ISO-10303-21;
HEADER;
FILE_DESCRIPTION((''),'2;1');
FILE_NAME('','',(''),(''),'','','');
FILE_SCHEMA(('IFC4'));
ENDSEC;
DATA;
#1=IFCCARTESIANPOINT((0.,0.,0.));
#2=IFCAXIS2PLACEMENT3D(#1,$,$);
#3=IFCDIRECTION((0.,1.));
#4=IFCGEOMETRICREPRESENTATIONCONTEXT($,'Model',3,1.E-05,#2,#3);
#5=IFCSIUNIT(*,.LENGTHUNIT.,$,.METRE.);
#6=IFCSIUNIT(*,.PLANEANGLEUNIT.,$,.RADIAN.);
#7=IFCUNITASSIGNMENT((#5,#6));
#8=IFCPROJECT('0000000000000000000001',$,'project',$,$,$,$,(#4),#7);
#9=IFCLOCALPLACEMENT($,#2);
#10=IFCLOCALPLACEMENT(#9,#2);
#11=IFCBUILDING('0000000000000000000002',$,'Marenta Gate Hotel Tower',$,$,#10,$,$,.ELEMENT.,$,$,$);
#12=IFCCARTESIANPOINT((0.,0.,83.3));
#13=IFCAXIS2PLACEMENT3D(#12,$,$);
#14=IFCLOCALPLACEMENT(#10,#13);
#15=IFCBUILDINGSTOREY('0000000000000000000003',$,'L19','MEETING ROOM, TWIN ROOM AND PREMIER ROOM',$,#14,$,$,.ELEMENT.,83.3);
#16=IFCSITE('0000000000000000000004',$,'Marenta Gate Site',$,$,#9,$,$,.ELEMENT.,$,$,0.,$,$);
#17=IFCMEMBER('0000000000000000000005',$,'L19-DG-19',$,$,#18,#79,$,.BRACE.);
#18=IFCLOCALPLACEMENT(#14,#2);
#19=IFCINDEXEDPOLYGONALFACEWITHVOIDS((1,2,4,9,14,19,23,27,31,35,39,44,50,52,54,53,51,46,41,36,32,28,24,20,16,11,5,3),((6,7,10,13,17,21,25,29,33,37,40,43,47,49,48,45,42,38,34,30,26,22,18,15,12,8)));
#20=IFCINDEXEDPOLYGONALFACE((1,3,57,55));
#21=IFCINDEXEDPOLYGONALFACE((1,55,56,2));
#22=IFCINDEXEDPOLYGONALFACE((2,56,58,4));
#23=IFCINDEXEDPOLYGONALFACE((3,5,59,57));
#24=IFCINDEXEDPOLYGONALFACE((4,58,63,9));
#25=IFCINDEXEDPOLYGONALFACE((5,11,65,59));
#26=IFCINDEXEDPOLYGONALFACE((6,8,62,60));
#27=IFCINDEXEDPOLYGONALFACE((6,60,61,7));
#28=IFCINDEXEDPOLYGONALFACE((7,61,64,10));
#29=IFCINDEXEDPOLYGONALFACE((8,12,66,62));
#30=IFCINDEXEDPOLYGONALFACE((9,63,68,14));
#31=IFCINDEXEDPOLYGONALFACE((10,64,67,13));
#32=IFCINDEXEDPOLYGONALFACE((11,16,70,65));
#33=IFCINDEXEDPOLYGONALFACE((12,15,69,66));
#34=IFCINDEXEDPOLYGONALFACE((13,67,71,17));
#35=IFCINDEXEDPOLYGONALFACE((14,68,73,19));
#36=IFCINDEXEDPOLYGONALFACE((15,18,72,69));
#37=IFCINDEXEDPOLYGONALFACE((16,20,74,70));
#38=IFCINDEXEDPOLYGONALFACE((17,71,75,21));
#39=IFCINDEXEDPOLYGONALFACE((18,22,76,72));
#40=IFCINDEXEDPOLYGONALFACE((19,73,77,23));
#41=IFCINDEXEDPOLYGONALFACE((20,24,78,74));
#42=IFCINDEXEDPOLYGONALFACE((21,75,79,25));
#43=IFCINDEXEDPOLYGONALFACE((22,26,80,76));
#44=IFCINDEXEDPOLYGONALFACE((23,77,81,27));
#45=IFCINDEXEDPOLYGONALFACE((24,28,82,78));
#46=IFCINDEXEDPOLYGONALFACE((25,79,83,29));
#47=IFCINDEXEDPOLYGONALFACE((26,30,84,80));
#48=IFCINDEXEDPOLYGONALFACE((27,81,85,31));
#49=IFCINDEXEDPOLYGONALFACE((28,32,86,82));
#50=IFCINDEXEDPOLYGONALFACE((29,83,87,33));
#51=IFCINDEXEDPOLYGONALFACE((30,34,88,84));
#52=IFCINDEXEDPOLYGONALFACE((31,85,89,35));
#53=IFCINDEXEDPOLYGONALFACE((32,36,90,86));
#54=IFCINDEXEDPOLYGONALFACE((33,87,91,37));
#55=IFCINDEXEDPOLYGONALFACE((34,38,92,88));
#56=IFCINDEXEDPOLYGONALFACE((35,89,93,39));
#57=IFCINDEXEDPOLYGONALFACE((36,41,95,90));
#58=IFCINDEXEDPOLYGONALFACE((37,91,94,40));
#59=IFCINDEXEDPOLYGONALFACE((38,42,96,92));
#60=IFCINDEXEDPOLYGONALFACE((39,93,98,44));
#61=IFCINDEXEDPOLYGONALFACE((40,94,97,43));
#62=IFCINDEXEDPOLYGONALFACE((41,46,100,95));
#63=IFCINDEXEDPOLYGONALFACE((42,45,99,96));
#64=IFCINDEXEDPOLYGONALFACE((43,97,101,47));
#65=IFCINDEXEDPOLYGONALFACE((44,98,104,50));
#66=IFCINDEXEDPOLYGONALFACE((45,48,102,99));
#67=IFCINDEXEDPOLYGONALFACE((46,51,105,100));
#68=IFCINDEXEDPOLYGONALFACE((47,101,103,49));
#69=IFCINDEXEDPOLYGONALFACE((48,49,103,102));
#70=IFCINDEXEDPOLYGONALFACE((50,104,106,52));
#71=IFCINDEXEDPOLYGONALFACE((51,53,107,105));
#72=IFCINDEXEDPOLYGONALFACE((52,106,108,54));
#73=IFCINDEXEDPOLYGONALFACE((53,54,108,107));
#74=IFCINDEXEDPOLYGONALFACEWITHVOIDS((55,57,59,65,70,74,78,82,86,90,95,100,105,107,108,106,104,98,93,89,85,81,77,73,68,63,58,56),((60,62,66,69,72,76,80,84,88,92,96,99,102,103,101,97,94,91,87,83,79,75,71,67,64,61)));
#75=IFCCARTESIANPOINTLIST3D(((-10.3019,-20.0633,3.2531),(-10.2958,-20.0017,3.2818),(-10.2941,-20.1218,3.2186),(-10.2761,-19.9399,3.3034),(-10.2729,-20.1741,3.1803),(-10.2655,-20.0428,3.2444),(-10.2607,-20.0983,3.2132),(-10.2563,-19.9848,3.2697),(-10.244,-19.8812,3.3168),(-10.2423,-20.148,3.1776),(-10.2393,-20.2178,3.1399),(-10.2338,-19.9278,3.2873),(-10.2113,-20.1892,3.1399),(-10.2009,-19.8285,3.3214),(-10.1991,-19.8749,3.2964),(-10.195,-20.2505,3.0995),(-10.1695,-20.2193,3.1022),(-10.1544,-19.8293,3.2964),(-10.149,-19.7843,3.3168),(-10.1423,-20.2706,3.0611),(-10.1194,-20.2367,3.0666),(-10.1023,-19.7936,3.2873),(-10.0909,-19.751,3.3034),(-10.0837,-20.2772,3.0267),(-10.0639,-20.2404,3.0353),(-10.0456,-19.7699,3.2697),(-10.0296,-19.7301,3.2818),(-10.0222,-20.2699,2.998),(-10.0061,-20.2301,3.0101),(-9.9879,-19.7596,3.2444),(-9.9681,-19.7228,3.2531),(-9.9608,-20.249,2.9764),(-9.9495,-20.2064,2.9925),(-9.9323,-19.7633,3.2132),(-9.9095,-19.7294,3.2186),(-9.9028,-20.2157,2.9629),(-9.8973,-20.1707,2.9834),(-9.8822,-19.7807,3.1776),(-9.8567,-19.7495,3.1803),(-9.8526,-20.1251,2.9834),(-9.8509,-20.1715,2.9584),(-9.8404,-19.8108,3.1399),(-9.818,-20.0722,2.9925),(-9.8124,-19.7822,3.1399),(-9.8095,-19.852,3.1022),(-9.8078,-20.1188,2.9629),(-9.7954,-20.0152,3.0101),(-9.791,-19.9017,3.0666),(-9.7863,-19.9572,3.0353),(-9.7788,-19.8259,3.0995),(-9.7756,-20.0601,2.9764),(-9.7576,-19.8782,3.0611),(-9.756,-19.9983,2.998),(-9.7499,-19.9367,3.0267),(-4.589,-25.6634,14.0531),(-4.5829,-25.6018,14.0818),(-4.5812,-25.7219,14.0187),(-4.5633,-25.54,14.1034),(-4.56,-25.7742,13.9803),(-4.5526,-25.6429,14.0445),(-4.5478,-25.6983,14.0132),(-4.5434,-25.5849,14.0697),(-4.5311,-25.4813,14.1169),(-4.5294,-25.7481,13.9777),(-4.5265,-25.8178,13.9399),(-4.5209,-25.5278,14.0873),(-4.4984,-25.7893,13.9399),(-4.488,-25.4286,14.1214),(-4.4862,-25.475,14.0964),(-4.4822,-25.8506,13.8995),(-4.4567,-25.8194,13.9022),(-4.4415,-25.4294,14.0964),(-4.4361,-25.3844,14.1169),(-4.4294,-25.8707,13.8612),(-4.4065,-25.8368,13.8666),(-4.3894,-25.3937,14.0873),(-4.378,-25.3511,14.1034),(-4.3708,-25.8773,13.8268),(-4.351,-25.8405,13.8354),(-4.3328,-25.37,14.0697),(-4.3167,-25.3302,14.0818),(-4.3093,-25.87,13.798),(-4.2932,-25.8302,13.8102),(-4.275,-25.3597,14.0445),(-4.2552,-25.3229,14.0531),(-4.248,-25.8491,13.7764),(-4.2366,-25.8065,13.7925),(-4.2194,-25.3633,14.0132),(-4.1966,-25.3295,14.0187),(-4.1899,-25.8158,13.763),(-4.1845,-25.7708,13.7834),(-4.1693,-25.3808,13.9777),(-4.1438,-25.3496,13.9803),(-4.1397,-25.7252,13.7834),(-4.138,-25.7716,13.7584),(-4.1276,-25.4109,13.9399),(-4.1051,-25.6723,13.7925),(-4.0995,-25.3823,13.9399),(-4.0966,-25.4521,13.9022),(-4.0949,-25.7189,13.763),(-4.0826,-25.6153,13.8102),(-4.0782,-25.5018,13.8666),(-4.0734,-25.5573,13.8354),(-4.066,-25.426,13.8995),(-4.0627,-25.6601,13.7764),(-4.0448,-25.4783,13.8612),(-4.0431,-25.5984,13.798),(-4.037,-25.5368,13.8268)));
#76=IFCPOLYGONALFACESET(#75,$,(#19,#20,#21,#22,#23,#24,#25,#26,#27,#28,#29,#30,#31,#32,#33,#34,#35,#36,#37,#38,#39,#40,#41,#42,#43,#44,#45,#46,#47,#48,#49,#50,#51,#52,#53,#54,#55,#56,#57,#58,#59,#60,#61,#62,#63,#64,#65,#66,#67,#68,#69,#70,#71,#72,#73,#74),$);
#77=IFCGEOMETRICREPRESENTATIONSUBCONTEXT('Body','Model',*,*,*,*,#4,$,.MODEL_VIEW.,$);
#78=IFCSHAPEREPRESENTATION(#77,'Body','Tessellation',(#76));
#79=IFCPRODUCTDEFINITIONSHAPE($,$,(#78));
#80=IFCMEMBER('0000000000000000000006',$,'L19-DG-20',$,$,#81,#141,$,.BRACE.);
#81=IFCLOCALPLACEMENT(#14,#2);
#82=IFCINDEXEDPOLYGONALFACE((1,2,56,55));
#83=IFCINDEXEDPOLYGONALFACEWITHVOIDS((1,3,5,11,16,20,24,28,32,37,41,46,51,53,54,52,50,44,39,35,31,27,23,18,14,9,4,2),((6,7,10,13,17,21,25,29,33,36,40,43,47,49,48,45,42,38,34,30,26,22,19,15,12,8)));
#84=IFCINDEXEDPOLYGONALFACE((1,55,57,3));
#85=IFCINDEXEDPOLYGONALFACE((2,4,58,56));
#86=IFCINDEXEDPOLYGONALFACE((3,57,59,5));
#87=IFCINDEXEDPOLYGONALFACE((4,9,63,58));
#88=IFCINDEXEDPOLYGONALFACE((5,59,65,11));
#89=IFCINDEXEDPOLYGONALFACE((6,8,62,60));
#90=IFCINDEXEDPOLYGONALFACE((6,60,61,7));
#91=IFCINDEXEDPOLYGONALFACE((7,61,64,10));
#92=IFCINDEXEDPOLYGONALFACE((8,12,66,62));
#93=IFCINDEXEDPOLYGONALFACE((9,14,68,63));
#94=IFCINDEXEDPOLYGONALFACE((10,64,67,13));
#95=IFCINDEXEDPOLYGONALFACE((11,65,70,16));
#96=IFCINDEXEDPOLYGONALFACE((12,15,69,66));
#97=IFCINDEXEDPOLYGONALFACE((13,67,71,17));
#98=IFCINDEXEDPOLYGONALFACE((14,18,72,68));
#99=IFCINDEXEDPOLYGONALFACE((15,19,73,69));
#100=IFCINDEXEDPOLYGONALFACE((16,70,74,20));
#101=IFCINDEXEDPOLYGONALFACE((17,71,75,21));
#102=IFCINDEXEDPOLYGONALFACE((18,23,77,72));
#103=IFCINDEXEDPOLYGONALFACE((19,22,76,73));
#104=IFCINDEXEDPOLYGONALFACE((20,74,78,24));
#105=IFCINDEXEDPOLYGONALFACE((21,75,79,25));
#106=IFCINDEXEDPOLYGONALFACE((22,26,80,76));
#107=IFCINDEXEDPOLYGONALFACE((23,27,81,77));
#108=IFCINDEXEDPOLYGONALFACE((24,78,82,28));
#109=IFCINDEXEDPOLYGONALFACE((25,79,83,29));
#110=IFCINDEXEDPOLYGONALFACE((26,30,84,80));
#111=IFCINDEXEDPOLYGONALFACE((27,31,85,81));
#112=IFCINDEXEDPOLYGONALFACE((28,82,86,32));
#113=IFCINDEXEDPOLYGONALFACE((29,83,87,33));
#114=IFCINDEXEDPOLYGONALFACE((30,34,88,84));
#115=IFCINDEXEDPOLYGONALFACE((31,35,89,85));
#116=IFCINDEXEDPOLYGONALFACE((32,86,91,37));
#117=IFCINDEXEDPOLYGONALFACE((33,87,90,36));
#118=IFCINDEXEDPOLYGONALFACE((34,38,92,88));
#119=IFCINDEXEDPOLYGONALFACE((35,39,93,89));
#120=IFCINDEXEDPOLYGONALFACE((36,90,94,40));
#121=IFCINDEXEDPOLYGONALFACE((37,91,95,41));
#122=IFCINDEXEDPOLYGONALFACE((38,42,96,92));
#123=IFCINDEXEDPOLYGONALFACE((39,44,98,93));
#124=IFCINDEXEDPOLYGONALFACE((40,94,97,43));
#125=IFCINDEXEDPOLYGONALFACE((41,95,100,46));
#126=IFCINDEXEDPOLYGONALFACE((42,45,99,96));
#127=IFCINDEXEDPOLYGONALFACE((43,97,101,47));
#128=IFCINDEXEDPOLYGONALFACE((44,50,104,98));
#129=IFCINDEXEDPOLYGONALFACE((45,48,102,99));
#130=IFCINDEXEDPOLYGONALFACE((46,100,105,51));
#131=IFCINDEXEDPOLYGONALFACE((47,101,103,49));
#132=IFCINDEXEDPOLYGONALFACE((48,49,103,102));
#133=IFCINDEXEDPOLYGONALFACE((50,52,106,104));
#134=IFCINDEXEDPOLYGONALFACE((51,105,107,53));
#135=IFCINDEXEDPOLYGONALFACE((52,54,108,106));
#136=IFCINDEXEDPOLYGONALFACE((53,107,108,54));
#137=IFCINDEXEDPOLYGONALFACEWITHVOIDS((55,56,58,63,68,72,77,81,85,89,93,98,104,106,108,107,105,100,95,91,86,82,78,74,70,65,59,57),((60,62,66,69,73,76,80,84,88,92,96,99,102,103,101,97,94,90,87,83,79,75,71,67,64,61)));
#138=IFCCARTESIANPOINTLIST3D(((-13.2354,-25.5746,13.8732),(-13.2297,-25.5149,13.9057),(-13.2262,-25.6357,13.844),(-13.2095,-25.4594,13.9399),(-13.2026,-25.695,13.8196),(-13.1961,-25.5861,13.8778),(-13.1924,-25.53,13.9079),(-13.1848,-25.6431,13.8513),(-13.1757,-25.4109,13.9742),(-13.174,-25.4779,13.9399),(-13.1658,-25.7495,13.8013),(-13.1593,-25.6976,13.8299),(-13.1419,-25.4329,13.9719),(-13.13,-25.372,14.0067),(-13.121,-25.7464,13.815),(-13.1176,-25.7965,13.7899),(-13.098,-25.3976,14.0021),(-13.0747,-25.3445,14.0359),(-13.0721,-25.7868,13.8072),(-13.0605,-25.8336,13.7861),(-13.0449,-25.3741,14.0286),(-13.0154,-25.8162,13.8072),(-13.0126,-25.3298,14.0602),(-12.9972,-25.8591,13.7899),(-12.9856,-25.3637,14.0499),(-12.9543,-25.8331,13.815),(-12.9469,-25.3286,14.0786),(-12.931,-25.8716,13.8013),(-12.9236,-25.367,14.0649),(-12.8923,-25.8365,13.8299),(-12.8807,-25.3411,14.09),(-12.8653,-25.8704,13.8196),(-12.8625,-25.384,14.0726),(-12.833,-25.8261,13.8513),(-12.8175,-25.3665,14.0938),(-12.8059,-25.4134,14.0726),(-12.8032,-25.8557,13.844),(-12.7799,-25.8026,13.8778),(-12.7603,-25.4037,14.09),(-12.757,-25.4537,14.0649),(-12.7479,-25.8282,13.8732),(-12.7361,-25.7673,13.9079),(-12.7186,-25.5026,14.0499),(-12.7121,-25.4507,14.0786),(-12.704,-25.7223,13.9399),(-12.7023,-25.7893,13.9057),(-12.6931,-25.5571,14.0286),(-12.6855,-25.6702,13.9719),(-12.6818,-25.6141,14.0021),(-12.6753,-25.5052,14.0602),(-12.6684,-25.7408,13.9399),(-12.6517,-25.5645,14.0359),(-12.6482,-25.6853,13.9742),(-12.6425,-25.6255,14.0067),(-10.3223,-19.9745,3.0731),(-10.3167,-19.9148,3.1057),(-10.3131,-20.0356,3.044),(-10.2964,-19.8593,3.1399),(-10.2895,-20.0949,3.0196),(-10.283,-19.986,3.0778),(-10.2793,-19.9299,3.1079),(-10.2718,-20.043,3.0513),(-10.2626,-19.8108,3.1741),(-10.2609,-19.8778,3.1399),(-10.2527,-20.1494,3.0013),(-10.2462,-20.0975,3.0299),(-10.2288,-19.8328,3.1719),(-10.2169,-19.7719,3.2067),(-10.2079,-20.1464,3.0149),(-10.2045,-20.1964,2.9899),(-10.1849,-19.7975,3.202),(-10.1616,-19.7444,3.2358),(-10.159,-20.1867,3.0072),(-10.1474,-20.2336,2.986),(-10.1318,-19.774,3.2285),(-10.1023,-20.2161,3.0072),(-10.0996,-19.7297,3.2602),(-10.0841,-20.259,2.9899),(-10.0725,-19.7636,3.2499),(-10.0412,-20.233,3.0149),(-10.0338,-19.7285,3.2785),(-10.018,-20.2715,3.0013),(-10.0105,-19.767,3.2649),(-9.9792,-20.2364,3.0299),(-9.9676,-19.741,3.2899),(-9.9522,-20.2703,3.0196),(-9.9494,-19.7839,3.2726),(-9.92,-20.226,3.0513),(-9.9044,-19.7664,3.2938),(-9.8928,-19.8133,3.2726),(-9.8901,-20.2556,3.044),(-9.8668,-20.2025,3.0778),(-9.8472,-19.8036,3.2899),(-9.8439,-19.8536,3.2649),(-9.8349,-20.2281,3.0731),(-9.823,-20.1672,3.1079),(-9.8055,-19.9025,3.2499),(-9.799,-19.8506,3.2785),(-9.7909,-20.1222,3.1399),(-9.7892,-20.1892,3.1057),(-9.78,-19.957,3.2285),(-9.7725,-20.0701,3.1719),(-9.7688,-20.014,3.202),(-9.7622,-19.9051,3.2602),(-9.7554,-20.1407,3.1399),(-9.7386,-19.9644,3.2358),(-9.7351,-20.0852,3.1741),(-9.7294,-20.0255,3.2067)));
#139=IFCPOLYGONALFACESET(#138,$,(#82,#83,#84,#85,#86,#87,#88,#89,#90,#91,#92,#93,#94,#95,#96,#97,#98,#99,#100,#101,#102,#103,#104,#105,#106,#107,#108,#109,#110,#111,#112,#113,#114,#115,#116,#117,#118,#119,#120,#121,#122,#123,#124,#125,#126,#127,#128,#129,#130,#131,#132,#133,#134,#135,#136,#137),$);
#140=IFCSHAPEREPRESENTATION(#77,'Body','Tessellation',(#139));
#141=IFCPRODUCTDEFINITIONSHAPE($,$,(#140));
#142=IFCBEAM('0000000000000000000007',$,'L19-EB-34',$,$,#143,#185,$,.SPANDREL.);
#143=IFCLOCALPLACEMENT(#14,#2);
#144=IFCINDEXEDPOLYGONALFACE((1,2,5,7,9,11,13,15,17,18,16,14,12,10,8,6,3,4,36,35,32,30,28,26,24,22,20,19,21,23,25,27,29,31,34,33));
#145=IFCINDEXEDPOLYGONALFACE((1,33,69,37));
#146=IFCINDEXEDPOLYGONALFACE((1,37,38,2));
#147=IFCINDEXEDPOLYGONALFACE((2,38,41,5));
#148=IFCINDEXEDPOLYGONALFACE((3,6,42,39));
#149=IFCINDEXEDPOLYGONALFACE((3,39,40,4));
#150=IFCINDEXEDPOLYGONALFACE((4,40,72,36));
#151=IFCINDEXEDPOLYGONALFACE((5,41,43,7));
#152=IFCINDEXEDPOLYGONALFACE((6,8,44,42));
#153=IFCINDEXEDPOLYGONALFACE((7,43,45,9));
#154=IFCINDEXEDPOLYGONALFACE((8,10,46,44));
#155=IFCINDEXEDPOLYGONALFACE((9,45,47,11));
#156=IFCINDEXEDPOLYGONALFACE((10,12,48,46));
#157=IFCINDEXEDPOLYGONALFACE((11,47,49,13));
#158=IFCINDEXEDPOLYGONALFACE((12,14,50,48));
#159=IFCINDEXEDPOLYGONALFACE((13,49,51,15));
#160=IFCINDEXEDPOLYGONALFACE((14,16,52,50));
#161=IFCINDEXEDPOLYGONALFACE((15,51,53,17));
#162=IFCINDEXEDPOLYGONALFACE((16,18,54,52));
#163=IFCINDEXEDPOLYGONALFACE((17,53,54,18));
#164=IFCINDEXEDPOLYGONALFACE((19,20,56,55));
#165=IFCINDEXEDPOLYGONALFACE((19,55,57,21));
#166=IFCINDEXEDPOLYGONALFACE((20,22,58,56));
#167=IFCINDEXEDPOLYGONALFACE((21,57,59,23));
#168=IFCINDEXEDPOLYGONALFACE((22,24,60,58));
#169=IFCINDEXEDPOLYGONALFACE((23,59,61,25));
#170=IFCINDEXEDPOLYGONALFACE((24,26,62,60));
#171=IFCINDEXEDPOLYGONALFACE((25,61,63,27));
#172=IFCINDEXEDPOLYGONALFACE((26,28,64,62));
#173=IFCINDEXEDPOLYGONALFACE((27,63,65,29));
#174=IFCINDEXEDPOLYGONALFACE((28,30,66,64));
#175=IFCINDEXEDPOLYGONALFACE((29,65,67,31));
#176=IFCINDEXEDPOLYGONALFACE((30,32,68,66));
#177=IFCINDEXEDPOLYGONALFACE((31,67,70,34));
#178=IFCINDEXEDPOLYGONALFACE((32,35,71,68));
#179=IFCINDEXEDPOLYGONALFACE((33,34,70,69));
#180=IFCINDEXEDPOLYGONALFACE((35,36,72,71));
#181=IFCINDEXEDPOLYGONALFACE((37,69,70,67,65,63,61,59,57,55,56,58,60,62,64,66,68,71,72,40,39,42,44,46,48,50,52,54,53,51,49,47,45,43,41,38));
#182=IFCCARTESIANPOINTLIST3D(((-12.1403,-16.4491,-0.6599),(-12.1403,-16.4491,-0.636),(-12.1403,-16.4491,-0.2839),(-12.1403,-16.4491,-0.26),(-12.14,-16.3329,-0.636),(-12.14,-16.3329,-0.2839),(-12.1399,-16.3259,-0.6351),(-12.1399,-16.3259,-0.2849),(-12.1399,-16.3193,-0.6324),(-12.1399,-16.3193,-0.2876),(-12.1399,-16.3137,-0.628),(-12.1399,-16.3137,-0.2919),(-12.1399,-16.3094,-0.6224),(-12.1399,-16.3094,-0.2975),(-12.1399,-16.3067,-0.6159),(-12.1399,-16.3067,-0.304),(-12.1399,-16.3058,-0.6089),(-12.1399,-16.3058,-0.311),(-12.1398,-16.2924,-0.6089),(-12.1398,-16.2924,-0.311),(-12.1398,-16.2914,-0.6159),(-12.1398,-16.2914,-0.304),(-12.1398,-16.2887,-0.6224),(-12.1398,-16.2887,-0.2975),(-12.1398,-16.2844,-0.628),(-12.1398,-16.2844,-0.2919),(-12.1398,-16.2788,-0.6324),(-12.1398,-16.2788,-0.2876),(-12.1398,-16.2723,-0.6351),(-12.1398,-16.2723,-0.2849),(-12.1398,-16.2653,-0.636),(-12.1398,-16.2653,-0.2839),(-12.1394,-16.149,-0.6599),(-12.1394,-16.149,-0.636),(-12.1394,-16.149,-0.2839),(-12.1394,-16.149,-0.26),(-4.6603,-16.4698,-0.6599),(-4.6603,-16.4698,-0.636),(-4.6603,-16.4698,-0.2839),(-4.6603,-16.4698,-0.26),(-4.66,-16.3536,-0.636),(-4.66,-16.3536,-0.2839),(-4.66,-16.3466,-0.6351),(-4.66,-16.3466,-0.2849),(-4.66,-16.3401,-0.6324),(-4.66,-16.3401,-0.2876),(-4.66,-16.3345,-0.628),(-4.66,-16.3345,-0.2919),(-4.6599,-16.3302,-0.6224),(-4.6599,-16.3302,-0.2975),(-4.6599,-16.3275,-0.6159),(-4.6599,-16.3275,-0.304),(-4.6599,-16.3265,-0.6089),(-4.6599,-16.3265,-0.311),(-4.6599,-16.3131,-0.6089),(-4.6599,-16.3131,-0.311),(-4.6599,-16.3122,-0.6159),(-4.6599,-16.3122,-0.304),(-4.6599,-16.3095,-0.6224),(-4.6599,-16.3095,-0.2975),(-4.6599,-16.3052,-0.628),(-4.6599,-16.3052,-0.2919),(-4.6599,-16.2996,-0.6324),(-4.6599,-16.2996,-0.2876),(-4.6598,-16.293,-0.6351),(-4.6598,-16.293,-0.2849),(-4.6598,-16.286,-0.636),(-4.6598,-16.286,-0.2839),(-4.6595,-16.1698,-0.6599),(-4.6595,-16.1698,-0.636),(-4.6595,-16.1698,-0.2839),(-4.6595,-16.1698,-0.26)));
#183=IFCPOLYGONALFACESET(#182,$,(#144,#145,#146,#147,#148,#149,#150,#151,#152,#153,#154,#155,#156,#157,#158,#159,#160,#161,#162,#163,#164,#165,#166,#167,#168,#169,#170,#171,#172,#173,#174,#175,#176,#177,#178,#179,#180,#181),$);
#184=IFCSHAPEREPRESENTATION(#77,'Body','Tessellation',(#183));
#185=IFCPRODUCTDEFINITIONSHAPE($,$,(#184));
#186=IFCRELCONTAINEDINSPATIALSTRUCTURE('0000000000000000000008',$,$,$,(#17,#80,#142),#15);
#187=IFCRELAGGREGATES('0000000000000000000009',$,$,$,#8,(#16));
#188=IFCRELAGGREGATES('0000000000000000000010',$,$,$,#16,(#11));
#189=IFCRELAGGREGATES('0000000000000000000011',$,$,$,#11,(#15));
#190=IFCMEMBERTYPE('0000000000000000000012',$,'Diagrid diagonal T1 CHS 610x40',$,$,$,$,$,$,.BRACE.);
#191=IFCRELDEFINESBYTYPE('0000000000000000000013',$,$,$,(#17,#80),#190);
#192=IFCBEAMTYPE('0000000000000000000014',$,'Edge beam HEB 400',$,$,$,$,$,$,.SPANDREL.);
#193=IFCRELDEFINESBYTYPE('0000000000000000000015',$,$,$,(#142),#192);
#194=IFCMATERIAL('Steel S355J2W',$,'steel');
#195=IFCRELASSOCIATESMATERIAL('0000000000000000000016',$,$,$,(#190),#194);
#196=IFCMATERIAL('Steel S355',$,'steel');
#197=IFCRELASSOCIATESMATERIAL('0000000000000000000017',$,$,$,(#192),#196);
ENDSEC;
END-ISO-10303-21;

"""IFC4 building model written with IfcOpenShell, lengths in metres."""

from ifc_helpers import new_model, si_unit, direction, frame, origin, origin_2d, place, context, subcontext, project, spatial, hollow_circle, i_section, extrude, material, material_profile, profile_set, type_object, element, save


model = new_model("IFC4")

# Units and contexts
model_context = context("Model", 3, precision=1e-05, world=origin(), true_north=direction((0.0, 1.0)))
body_context = subcontext(model_context, "Body", "Model", "MODEL_VIEW")
ifc_project = project(units=[si_unit("LENGTHUNIT", "METRE"), si_unit("PLANEANGLEUNIT", "RADIAN")], contexts=[model_context])

# Site, building, storey
site_placement = place(None, origin())
site = spatial("IfcSite", under=ifc_project, at=site_placement, Name="Marenta Gate Site", CompositionType="ELEMENT", RefElevation=0.0)
building_placement = place(site_placement, origin())
building = spatial("IfcBuilding", under=site, at=building_placement, Name="Marenta Gate Hotel Tower", CompositionType="ELEMENT")
storey_placement = place(building_placement, frame((0.0, 0.0, 83.3)))
storey = spatial("IfcBuildingStorey", under=building, at=storey_placement, Name="L19", Description="MEETING ROOM, TWIN ROOM AND PREMIER ROOM", CompositionType="ELEMENT", Elevation=83.3)

# Members
ifc_material_1 = material(Name="Steel S355J2W", Category="steel")
ifc_material_profile_1 = material_profile(ifc_material_1, hollow_circle(Radius=0.3049, WallThickness=0.04, at=origin_2d()), Name="CHS 610x40")
ifc_profile_set_1 = profile_set([ifc_material_profile_1], Name="Steel S355J2W")
member_type_1 = type_object("IfcMemberType", Name="Diagrid diagonal T1 CHS 610x40", PredefinedType="BRACE", material=ifc_profile_set_1)
member_1_placement = place(storey_placement, frame((-10.0259, -20.0, 3.1399), z_axis=(0.42506, -0.416667, 0.803562), x_axis=(0.700022, 0.714121, 0.0)))
element("IfcMember", 1, at=member_1_placement, inside=storey, type_object=member_type_1, Name="L19-DG-19", PredefinedType="BRACE", context=body_context, shape_type="SweptSolid", body=[
    extrude(hollow_circle(Radius=0.3049, WallThickness=0.04, at=origin_2d()), origin(), (0.0, 0.0, 1.0), 13.4402),
])
member_2_placement = place(storey_placement, frame((-10.0259, -20.0, 3.1399), z_axis=(-0.232869, -0.447667, 0.863346), x_axis=(0.88715, -0.461482, 0.0)))
element("IfcMember", 2, at=member_2_placement, inside=storey, type_object=member_type_1, Name="L19-DG-20", PredefinedType="BRACE", context=body_context, shape_type="SweptSolid", body=[
    extrude(hollow_circle(Radius=0.3049, WallThickness=0.04, at=origin_2d()), origin(), (0.0, 0.0, 1.0), 12.5095),
])

# Beam
ifc_material_2 = material(Name="Steel S355", Category="steel")
ifc_material_profile_2 = material_profile(ifc_material_2, i_section(OverallWidth=0.3, OverallDepth=0.3999, WebThickness=0.0134, FlangeThickness=0.0239, FilletRadius=0.0271, at=origin_2d()), Name="HEB 400")
ifc_profile_set_2 = profile_set([ifc_material_profile_2], Name="Steel S355")
beam_type = type_object("IfcBeamType", Name="Edge beam HEB 400", PredefinedType="SPANDREL", material=ifc_profile_set_2)
beam_placement = place(storey_placement, frame((-4.6599, -16.3198, -0.46), z_axis=(-0.999996, 0.002774, 0.0), x_axis=(-0.002774, -0.999996, 0.0)))
element("IfcBeam", 3, at=beam_placement, inside=storey, type_object=beam_type, Name="L19-EB-34", PredefinedType="SPANDREL", context=body_context, shape_type="SweptSolid", body=[
    extrude(i_section(OverallWidth=0.3, OverallDepth=0.3999, WebThickness=0.0134, FlangeThickness=0.0239, FilletRadius=0.0271, at=origin_2d()), origin(), (0.0, 0.0, 1.0), 7.48),
])

save(model, "model.ifc")
